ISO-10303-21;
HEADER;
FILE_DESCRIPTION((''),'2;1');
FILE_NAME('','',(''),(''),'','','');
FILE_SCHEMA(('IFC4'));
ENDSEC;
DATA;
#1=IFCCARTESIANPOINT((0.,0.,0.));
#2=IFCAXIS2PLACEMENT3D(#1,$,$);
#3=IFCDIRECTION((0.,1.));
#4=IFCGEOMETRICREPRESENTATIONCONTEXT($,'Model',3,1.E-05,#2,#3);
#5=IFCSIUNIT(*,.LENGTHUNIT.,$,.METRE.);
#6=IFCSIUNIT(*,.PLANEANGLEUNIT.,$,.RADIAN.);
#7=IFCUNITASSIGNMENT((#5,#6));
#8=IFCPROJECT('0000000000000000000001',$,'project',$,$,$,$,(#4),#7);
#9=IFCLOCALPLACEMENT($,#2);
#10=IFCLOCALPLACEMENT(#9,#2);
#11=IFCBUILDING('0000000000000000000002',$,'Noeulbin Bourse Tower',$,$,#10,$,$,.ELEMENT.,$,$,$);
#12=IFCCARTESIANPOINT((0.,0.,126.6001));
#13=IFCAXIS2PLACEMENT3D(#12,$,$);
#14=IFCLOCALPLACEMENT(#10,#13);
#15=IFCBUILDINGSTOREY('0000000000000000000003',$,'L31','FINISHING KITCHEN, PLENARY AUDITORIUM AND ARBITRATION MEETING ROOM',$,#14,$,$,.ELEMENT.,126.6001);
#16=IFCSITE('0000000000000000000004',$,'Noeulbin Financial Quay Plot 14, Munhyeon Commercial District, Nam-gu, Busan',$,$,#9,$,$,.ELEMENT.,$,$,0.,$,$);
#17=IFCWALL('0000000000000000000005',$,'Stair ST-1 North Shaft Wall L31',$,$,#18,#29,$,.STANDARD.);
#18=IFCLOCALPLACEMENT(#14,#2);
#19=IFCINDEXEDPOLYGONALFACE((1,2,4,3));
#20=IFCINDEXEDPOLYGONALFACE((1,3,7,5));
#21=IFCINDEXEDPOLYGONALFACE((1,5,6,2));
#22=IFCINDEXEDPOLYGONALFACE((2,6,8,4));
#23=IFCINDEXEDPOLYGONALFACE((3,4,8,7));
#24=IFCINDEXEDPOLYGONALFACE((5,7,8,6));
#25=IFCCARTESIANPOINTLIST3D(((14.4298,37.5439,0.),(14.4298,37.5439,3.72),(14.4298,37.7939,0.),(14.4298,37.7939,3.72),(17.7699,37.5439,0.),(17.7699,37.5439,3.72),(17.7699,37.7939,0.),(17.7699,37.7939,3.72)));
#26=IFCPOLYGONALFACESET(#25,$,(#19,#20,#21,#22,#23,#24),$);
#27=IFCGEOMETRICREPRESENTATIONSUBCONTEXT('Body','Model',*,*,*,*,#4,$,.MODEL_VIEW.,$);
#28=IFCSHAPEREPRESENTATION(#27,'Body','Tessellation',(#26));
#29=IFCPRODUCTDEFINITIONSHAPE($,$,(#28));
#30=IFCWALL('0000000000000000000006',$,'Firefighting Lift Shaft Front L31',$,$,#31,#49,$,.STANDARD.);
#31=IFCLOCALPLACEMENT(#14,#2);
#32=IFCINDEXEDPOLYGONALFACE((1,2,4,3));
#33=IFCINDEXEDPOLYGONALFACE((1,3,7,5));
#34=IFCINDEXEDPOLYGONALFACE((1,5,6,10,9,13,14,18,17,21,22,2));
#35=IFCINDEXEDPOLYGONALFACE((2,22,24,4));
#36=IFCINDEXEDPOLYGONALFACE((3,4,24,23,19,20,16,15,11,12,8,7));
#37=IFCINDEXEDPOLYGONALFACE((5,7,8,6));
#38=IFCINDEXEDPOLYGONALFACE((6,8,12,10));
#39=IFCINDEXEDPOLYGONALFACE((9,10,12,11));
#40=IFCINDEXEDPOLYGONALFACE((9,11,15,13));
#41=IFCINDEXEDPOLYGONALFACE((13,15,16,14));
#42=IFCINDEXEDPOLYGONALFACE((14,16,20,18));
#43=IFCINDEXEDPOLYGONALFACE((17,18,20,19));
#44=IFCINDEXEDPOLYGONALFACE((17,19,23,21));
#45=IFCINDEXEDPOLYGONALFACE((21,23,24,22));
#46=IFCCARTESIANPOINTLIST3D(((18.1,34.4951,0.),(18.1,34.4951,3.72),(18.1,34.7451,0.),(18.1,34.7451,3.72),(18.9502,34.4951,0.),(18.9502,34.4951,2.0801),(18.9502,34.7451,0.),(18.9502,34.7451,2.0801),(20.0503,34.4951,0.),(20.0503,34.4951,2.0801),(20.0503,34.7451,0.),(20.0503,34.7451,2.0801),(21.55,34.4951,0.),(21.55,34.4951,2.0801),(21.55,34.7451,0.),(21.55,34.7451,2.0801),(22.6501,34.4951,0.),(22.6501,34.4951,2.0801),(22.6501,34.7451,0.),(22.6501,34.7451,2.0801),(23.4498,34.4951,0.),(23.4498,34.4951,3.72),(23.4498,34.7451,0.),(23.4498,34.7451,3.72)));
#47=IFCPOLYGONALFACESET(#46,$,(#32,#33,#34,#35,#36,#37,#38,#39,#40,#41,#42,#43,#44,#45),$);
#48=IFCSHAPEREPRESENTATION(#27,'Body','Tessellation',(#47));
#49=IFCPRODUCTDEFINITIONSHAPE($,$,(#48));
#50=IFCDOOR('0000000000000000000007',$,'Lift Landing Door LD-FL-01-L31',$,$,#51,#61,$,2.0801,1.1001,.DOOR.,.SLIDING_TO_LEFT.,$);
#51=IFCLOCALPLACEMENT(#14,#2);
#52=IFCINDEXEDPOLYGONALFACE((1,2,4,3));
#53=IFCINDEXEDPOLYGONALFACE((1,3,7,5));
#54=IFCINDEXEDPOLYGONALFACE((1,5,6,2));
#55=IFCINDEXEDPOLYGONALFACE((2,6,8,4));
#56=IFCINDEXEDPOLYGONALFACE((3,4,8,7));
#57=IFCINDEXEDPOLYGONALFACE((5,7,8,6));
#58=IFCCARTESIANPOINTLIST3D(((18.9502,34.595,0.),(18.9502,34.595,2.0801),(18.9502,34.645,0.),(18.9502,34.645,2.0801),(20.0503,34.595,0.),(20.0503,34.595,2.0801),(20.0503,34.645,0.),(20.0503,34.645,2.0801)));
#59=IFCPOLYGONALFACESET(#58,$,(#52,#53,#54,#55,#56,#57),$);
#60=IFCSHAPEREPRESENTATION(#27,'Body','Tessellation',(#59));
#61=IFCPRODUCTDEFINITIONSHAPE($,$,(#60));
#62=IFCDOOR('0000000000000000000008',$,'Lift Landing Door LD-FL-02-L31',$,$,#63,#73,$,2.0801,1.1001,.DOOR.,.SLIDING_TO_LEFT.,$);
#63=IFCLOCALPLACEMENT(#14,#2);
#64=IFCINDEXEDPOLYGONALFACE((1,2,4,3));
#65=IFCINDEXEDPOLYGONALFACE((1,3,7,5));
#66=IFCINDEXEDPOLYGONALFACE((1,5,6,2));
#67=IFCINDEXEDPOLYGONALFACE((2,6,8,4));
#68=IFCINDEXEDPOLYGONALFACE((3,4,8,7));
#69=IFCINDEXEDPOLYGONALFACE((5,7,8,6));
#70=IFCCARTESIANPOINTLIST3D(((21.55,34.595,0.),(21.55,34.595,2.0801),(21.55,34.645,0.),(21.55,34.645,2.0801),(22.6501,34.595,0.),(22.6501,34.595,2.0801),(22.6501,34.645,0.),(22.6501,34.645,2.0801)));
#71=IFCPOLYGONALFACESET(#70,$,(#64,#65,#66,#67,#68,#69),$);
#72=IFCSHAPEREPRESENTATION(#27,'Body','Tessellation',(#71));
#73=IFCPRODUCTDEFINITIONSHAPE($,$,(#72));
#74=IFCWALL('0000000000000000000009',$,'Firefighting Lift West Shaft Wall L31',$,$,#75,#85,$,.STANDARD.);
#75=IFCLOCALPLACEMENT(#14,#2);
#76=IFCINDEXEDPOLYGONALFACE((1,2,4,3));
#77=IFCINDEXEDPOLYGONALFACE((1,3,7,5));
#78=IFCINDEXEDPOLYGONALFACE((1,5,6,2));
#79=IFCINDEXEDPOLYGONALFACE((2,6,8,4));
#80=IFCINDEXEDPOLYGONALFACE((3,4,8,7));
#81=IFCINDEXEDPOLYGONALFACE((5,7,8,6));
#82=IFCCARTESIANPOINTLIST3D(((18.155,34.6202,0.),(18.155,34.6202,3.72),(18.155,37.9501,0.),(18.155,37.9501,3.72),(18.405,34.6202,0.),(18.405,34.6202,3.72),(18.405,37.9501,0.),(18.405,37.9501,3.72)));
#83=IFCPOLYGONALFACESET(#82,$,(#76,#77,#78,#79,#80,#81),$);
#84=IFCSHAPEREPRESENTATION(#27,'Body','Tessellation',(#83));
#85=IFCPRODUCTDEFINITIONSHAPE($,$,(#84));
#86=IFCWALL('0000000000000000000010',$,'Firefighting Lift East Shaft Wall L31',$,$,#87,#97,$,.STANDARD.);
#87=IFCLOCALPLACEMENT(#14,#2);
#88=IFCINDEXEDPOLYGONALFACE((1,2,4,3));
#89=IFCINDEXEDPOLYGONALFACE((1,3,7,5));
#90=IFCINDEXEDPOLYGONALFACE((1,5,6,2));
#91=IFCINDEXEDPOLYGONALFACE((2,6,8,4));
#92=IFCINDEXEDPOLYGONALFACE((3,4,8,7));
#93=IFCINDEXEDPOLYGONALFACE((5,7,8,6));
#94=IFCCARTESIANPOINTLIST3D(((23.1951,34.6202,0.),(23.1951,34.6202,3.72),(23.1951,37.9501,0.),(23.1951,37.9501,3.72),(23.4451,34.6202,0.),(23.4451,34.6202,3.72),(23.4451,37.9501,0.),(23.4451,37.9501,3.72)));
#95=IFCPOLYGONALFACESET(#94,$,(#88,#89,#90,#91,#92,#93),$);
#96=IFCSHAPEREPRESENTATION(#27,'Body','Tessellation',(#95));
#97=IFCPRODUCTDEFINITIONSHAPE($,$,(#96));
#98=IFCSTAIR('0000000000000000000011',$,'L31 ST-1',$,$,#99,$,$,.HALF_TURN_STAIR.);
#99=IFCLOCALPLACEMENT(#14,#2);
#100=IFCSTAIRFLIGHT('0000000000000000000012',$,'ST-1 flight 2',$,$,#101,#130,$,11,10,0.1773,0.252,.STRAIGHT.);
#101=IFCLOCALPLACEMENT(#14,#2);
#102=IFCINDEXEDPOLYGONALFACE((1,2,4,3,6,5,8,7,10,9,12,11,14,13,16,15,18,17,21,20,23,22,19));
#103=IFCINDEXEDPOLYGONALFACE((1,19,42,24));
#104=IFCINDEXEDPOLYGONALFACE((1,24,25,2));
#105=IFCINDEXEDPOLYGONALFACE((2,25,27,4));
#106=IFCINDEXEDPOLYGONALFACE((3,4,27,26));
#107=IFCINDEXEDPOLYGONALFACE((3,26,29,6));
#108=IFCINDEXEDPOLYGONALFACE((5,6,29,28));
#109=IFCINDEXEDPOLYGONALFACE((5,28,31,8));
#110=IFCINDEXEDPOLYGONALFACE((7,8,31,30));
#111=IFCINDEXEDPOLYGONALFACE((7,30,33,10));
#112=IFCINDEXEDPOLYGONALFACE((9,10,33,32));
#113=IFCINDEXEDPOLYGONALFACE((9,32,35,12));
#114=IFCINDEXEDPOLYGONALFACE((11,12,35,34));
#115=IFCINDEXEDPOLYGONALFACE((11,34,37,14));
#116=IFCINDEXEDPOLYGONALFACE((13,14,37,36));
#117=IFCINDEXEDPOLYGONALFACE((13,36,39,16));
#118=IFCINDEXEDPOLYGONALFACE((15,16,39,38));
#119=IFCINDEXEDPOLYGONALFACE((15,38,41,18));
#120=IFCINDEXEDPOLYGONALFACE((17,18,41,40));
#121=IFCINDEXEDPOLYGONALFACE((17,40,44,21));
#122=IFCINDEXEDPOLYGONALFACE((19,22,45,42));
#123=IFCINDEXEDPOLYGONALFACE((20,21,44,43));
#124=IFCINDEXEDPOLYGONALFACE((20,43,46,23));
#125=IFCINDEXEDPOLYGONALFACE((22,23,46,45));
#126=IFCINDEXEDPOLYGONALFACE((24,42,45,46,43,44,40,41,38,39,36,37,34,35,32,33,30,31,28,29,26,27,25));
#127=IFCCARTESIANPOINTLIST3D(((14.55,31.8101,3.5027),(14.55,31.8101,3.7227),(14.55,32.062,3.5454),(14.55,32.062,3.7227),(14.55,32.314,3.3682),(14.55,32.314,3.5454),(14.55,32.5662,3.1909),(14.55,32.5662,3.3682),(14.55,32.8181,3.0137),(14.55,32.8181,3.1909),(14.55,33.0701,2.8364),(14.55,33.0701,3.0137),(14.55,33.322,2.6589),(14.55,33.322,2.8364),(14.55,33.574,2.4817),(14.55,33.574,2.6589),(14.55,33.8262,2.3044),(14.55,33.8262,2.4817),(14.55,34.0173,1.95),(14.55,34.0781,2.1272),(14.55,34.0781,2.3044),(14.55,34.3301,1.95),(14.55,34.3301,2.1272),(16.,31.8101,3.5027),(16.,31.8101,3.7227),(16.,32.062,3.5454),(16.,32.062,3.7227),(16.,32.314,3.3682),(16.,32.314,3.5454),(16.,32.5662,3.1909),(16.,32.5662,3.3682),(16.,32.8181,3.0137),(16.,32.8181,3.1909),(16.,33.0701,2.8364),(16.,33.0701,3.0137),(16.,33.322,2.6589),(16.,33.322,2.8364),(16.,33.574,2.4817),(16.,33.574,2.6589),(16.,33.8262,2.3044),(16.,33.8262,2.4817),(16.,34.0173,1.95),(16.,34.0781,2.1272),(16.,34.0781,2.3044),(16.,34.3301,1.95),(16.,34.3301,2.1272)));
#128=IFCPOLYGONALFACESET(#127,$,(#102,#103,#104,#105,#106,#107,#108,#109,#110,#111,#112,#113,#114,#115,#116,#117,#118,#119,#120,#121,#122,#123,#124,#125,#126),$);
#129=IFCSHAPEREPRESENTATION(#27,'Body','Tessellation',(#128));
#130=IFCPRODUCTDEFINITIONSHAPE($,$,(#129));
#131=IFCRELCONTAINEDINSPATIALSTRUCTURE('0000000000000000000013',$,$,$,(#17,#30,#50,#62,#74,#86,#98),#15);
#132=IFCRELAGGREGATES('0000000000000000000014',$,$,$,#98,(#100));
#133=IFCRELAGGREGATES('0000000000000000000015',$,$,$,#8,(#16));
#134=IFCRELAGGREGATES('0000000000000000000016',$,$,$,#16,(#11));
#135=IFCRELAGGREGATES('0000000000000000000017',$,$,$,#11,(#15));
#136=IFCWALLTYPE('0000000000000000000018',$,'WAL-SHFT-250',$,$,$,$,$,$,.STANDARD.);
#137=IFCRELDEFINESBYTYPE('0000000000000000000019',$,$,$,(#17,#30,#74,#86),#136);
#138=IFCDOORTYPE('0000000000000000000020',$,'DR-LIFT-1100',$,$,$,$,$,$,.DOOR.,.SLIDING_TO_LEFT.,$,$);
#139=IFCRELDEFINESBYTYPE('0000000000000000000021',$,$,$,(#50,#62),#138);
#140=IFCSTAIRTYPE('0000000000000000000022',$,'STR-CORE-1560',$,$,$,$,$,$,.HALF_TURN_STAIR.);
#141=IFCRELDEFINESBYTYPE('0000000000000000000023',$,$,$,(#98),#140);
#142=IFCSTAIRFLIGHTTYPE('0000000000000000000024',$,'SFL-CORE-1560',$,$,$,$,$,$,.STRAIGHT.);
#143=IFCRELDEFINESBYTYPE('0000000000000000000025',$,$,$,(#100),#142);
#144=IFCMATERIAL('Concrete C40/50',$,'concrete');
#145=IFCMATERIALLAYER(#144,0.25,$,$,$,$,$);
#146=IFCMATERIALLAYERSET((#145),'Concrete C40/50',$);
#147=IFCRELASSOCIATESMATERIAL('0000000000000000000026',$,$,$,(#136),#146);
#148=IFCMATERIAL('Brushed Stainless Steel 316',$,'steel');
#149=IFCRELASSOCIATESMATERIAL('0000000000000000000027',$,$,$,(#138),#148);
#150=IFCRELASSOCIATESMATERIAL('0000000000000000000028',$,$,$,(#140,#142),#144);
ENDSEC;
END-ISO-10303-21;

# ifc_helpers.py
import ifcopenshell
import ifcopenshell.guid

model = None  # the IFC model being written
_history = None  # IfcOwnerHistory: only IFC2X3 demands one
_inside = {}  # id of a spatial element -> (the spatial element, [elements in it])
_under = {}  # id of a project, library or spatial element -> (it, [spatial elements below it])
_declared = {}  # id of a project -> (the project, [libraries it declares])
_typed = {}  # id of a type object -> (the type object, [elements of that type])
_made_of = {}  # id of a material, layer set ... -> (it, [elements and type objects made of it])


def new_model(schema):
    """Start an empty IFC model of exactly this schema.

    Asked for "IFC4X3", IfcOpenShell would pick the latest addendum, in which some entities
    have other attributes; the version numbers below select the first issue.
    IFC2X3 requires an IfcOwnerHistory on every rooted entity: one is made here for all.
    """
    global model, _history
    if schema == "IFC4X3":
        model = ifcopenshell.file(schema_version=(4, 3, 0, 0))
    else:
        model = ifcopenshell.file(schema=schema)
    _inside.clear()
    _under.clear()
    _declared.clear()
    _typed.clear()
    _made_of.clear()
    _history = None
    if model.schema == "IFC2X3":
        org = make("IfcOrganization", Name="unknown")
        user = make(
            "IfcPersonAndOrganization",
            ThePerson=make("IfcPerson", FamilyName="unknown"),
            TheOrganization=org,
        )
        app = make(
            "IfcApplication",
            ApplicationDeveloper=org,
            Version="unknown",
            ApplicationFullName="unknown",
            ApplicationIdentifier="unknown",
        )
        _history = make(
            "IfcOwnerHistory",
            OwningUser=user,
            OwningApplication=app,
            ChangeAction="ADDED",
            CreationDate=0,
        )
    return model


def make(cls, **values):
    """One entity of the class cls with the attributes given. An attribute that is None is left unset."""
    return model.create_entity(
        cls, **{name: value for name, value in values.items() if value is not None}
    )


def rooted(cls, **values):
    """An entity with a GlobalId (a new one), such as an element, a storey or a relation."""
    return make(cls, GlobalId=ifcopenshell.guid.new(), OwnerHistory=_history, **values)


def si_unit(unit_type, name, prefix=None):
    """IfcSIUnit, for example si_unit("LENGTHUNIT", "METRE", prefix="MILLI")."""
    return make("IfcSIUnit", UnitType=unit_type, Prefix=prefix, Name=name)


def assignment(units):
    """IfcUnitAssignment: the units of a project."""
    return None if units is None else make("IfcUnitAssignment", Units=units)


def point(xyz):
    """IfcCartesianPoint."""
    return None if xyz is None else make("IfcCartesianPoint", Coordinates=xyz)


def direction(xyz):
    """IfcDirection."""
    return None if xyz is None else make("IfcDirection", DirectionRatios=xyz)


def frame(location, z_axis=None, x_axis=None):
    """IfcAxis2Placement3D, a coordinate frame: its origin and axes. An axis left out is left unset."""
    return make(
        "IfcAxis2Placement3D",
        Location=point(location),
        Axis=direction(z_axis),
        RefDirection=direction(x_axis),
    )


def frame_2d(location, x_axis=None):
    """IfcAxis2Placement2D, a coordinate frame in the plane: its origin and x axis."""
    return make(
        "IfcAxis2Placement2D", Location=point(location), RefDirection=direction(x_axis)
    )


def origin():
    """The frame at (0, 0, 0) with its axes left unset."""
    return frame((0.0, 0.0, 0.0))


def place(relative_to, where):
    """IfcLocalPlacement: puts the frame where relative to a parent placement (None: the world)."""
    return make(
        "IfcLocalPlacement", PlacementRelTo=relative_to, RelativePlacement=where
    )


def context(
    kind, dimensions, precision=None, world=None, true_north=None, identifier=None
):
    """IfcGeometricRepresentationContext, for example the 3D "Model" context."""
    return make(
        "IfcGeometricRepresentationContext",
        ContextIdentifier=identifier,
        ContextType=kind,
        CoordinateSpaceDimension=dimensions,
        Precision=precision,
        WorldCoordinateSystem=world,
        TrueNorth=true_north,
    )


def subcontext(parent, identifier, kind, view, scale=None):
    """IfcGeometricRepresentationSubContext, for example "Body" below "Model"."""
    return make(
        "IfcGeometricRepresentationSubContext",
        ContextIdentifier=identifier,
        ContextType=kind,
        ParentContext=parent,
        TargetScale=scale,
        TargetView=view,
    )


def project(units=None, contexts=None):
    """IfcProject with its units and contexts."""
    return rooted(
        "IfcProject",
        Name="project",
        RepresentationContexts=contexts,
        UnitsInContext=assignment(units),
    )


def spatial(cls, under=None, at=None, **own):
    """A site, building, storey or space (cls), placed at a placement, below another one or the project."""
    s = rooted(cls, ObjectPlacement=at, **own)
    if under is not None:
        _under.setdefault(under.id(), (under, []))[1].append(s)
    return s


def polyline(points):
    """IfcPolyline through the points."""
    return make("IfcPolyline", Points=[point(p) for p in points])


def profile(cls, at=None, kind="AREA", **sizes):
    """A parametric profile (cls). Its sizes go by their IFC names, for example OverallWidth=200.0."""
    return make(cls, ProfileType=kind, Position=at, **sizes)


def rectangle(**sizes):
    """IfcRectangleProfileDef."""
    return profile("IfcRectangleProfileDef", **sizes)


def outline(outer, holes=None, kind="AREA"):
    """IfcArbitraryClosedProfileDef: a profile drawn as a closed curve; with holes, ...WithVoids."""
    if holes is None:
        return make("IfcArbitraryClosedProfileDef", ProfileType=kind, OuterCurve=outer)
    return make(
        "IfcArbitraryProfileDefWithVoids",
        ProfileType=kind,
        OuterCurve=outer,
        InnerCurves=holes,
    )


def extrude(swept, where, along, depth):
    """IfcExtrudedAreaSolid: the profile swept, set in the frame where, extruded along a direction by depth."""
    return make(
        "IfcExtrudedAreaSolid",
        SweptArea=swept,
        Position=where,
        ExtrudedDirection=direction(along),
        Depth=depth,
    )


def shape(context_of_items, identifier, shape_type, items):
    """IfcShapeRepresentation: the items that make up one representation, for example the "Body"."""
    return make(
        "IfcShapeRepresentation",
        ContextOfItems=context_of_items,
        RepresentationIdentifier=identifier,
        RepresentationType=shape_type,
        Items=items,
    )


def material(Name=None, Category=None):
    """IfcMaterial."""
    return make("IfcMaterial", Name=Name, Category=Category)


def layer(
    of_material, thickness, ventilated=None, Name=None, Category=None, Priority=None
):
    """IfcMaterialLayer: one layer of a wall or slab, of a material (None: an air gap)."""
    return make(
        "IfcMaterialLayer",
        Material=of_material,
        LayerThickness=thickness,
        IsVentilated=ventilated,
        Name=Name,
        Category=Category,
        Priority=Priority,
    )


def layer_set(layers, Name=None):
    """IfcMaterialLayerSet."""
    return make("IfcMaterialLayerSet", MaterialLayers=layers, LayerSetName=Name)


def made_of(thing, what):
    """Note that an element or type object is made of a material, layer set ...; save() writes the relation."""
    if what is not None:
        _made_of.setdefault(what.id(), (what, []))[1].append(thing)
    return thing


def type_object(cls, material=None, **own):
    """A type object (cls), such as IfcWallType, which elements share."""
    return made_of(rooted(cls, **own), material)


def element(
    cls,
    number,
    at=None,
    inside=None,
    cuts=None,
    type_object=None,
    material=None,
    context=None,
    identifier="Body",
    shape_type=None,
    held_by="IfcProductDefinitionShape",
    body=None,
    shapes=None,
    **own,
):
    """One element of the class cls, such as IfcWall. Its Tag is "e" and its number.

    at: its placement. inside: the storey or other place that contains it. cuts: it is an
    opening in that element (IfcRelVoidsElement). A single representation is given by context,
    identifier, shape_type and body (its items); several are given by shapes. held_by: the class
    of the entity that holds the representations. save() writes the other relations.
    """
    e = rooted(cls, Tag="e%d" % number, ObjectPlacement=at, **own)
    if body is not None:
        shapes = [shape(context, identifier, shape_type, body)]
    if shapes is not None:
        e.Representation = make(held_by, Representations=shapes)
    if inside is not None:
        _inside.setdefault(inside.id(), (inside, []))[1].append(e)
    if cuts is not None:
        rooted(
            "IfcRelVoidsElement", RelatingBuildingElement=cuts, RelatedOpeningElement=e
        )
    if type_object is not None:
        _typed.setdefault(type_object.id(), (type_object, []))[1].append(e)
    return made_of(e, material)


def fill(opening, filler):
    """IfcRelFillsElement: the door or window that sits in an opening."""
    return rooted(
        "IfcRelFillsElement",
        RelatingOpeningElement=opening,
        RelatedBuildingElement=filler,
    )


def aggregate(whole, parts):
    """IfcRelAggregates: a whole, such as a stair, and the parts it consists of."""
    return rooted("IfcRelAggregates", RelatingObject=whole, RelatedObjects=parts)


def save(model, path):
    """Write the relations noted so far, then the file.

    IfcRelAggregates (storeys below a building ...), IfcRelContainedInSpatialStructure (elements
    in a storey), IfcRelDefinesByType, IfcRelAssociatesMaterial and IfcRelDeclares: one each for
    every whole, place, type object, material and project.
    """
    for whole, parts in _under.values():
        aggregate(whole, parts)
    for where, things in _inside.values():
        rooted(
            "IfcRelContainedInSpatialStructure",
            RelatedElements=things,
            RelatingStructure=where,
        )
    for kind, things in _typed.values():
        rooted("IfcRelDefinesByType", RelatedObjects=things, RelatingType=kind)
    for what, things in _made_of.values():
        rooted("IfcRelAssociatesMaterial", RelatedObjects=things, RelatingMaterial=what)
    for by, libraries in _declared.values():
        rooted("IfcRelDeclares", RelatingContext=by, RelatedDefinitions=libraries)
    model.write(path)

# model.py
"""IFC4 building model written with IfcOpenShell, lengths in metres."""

from ifc_helpers import new_model, si_unit, direction, frame, frame_2d, origin, place, context, subcontext, project, spatial, polyline, rectangle, outline, extrude, material, layer, layer_set, type_object, element, fill, aggregate, save


model = new_model("IFC4")

# Units and contexts
model_context = context("Model", 3, precision=1e-05, world=origin(), true_north=direction((0.0, 1.0)))
body_context = subcontext(model_context, "Body", "Model", "MODEL_VIEW")
ifc_project = project(units=[si_unit("LENGTHUNIT", "METRE"), si_unit("PLANEANGLEUNIT", "RADIAN")], contexts=[model_context])

# Site, building, storey
site_placement = place(None, origin())
site = spatial("IfcSite", under=ifc_project, at=site_placement, Name="Noeulbin Financial Quay Plot 14, Munhyeon Commercial District, Nam-gu, Busan", CompositionType="ELEMENT", RefElevation=0.0)
building_placement = place(site_placement, origin())
building = spatial("IfcBuilding", under=site, at=building_placement, Name="Noeulbin Bourse Tower", CompositionType="ELEMENT")
storey_placement = place(building_placement, frame((0.0, 0.0, 126.6001)))
storey = spatial("IfcBuildingStorey", under=building, at=storey_placement, Name="L31", Description="FINISHING KITCHEN, PLENARY AUDITORIUM AND ARBITRATION MEETING ROOM", CompositionType="ELEMENT", Elevation=126.6001)

# Wall
ifc_material_1 = material(Name="Concrete C40/50", Category="concrete")
ifc_layer_1 = layer(ifc_material_1, 0.25)
ifc_layer_set_1 = layer_set([ifc_layer_1], Name="Concrete C40/50")
wall_type_1 = type_object("IfcWallType", Name="WAL-SHFT-250", PredefinedType="STANDARD", material=ifc_layer_set_1)
wall_1_placement = place(storey_placement, frame((14.4299, 37.6689, 0.0), z_axis=(0.0, 0.0, 1.0), x_axis=(1.0, 0.0, 0.0)))
element("IfcWall", 1, at=wall_1_placement, inside=storey, type_object=wall_type_1, Name="Stair ST-1 North Shaft Wall L31", PredefinedType="STANDARD", context=body_context, shape_type="SweptSolid", body=[
    extrude(rectangle(XDim=3.3401, YDim=0.25, at=frame_2d((1.6699, 0.0))), origin(), (0.0, 0.0, 1.0), 3.72),
])

# Wall, openings, doors
wall_2_placement = place(storey_placement, frame((18.1001, 34.6201, 0.0), z_axis=(0.0, 0.0, 1.0), x_axis=(1.0, 0.0, 0.0)))
wall_2 = element("IfcWall", 2, at=wall_2_placement, inside=storey, type_object=wall_type_1, Name="Firefighting Lift Shaft Front L31", PredefinedType="STANDARD", context=body_context, shape_type="SweptSolid", body=[
    extrude(rectangle(XDim=5.3499, YDim=0.25, at=frame_2d((2.6748, 0.0))), origin(), (0.0, 0.0, 1.0), 3.72),
])
opening_1_placement = place(wall_2_placement, frame((0.8501, 0.0, 0.0)))
opening_1 = element("IfcOpeningElement", 3, at=opening_1_placement, cuts=wall_2, PredefinedType="OPENING", context=body_context, shape_type="SweptSolid", body=[
    extrude(rectangle(XDim=1.1001, YDim=2.0801, at=frame_2d((0.55, 1.04))), frame((0.0, 0.135, 0.0), z_axis=(0.0, -1.0, 0.0), x_axis=(1.0, 0.0, 0.0)), (0.0, 0.0, 1.0), 0.27),
])
opening_2_placement = place(wall_2_placement, frame((3.45, 0.0, 0.0)))
opening_2 = element("IfcOpeningElement", 4, at=opening_2_placement, cuts=wall_2, PredefinedType="OPENING", context=body_context, shape_type="SweptSolid", body=[
    extrude(rectangle(XDim=1.1001, YDim=2.0801, at=frame_2d((0.55, 1.04))), frame((0.0, 0.135, 0.0), z_axis=(0.0, -1.0, 0.0), x_axis=(1.0, 0.0, 0.0)), (0.0, 0.0, 1.0), 0.27),
])
ifc_material_2 = material(Name="Brushed Stainless Steel 316", Category="steel")
door_type_1 = type_object("IfcDoorType", Name="DR-LIFT-1100", OperationType="SLIDING_TO_LEFT", PredefinedType="DOOR", material=ifc_material_2)
door_1_placement = place(opening_1_placement, origin())
door_1 = element("IfcDoor", 5, at=door_1_placement, inside=storey, type_object=door_type_1, Name="Lift Landing Door LD-FL-01-L31", OperationType="SLIDING_TO_LEFT", OverallHeight=2.0801, OverallWidth=1.1001, PredefinedType="DOOR", context=body_context, shape_type="SweptSolid", body=[
    extrude(rectangle(XDim=1.1001, YDim=2.0801, at=frame_2d((0.55, 1.04))), frame((0.0, 0.0249, 0.0), z_axis=(0.0, -1.0, 0.0), x_axis=(1.0, 0.0, 0.0)), (0.0, 0.0, 1.0), 0.05),
])
fill(opening_1, door_1)
door_2_placement = place(opening_2_placement, origin())
door_2 = element("IfcDoor", 6, at=door_2_placement, inside=storey, type_object=door_type_1, Name="Lift Landing Door LD-FL-02-L31", OperationType="SLIDING_TO_LEFT", OverallHeight=2.0801, OverallWidth=1.1001, PredefinedType="DOOR", context=body_context, shape_type="SweptSolid", body=[
    extrude(rectangle(XDim=1.1001, YDim=2.0801, at=frame_2d((0.55, 1.04))), frame((0.0, 0.0249, 0.0), z_axis=(0.0, -1.0, 0.0), x_axis=(1.0, 0.0, 0.0)), (0.0, 0.0, 1.0), 0.05),
])
fill(opening_2, door_2)

# Walls
for number, where, z_axis, x_axis, name in (
    (7, (18.28, 34.6201, 0.0), (0.0, 0.0, 1.0), (0.0, 1.0, 0.0), "Firefighting Lift West Shaft Wall L31"),
    (8, (23.3201, 34.6201, 0.0), (0.0, 0.0, 1.0), (0.0, 1.0, 0.0), "Firefighting Lift East Shaft Wall L31"),
):
    element("IfcWall", number, at=place(storey_placement, frame(where, z_axis=z_axis, x_axis=x_axis)), inside=storey, type_object=wall_type_1, Name=name, PredefinedType="STANDARD", context=body_context, shape_type="SweptSolid", body=[
        extrude(rectangle(XDim=3.3298, YDim=0.25, at=frame_2d((1.665, 0.0))), origin(), (0.0, 0.0, 1.0), 3.72),
    ])

# Stair, stair flight
stair_type = type_object("IfcStairType", Name="STR-CORE-1560", PredefinedType="HALF_TURN_STAIR", material=ifc_material_1)
stair_placement = place(storey_placement, origin())
stair = element("IfcStair", 9, at=stair_placement, inside=storey, type_object=stair_type, Name="L31 ST-1", PredefinedType="HALF_TURN_STAIR")
stair_flight_type = type_object("IfcStairFlightType", Name="SFL-CORE-1560", PredefinedType="STRAIGHT", material=ifc_material_1)
stair_flight_placement = place(storey_placement, frame((15.2749, 34.3301, 1.95), z_axis=(0.0, 0.0, 1.0), x_axis=(0.0, -1.0, 0.0)))
stair_flight = element("IfcStairFlight", 10, at=stair_flight_placement, type_object=stair_flight_type, Name="ST-1 flight 2", NumberOfRisers=11, NumberOfTreads=10, PredefinedType="STRAIGHT", RiserHeight=0.1773, TreadLength=0.252, context=body_context, shape_type="SweptSolid", body=[
    extrude(outline(polyline([(0.0, 0.0), (0.0, 0.1772), (0.252, 0.1772), (0.252, 0.3545), (0.5039, 0.3545), (0.5039, 0.5317), (0.7561, 0.5317), (0.7561, 0.709), (1.0081, 0.709), (1.0081, 0.8865), (1.26, 0.8865), (1.26, 1.0637), (1.512, 1.0637), (1.512, 1.241), (1.7639, 1.241), (1.7639, 1.4182), (2.0161, 1.4182), (2.0161, 1.5955), (2.2681, 1.5955), (2.2681, 1.7727), (2.52, 1.7727), (2.52, 1.95), (2.52, 1.5527), (0.3127, 0.0), (0.0, 0.0)])), frame((0.0, 0.7251, 0.0), z_axis=(0.0, -1.0, 0.0), x_axis=(1.0, 0.0, 0.0)), (0.0, 0.0, 1.0), 1.45),
])
aggregate(stair, [stair_flight])

save(model, "model.ifc")
